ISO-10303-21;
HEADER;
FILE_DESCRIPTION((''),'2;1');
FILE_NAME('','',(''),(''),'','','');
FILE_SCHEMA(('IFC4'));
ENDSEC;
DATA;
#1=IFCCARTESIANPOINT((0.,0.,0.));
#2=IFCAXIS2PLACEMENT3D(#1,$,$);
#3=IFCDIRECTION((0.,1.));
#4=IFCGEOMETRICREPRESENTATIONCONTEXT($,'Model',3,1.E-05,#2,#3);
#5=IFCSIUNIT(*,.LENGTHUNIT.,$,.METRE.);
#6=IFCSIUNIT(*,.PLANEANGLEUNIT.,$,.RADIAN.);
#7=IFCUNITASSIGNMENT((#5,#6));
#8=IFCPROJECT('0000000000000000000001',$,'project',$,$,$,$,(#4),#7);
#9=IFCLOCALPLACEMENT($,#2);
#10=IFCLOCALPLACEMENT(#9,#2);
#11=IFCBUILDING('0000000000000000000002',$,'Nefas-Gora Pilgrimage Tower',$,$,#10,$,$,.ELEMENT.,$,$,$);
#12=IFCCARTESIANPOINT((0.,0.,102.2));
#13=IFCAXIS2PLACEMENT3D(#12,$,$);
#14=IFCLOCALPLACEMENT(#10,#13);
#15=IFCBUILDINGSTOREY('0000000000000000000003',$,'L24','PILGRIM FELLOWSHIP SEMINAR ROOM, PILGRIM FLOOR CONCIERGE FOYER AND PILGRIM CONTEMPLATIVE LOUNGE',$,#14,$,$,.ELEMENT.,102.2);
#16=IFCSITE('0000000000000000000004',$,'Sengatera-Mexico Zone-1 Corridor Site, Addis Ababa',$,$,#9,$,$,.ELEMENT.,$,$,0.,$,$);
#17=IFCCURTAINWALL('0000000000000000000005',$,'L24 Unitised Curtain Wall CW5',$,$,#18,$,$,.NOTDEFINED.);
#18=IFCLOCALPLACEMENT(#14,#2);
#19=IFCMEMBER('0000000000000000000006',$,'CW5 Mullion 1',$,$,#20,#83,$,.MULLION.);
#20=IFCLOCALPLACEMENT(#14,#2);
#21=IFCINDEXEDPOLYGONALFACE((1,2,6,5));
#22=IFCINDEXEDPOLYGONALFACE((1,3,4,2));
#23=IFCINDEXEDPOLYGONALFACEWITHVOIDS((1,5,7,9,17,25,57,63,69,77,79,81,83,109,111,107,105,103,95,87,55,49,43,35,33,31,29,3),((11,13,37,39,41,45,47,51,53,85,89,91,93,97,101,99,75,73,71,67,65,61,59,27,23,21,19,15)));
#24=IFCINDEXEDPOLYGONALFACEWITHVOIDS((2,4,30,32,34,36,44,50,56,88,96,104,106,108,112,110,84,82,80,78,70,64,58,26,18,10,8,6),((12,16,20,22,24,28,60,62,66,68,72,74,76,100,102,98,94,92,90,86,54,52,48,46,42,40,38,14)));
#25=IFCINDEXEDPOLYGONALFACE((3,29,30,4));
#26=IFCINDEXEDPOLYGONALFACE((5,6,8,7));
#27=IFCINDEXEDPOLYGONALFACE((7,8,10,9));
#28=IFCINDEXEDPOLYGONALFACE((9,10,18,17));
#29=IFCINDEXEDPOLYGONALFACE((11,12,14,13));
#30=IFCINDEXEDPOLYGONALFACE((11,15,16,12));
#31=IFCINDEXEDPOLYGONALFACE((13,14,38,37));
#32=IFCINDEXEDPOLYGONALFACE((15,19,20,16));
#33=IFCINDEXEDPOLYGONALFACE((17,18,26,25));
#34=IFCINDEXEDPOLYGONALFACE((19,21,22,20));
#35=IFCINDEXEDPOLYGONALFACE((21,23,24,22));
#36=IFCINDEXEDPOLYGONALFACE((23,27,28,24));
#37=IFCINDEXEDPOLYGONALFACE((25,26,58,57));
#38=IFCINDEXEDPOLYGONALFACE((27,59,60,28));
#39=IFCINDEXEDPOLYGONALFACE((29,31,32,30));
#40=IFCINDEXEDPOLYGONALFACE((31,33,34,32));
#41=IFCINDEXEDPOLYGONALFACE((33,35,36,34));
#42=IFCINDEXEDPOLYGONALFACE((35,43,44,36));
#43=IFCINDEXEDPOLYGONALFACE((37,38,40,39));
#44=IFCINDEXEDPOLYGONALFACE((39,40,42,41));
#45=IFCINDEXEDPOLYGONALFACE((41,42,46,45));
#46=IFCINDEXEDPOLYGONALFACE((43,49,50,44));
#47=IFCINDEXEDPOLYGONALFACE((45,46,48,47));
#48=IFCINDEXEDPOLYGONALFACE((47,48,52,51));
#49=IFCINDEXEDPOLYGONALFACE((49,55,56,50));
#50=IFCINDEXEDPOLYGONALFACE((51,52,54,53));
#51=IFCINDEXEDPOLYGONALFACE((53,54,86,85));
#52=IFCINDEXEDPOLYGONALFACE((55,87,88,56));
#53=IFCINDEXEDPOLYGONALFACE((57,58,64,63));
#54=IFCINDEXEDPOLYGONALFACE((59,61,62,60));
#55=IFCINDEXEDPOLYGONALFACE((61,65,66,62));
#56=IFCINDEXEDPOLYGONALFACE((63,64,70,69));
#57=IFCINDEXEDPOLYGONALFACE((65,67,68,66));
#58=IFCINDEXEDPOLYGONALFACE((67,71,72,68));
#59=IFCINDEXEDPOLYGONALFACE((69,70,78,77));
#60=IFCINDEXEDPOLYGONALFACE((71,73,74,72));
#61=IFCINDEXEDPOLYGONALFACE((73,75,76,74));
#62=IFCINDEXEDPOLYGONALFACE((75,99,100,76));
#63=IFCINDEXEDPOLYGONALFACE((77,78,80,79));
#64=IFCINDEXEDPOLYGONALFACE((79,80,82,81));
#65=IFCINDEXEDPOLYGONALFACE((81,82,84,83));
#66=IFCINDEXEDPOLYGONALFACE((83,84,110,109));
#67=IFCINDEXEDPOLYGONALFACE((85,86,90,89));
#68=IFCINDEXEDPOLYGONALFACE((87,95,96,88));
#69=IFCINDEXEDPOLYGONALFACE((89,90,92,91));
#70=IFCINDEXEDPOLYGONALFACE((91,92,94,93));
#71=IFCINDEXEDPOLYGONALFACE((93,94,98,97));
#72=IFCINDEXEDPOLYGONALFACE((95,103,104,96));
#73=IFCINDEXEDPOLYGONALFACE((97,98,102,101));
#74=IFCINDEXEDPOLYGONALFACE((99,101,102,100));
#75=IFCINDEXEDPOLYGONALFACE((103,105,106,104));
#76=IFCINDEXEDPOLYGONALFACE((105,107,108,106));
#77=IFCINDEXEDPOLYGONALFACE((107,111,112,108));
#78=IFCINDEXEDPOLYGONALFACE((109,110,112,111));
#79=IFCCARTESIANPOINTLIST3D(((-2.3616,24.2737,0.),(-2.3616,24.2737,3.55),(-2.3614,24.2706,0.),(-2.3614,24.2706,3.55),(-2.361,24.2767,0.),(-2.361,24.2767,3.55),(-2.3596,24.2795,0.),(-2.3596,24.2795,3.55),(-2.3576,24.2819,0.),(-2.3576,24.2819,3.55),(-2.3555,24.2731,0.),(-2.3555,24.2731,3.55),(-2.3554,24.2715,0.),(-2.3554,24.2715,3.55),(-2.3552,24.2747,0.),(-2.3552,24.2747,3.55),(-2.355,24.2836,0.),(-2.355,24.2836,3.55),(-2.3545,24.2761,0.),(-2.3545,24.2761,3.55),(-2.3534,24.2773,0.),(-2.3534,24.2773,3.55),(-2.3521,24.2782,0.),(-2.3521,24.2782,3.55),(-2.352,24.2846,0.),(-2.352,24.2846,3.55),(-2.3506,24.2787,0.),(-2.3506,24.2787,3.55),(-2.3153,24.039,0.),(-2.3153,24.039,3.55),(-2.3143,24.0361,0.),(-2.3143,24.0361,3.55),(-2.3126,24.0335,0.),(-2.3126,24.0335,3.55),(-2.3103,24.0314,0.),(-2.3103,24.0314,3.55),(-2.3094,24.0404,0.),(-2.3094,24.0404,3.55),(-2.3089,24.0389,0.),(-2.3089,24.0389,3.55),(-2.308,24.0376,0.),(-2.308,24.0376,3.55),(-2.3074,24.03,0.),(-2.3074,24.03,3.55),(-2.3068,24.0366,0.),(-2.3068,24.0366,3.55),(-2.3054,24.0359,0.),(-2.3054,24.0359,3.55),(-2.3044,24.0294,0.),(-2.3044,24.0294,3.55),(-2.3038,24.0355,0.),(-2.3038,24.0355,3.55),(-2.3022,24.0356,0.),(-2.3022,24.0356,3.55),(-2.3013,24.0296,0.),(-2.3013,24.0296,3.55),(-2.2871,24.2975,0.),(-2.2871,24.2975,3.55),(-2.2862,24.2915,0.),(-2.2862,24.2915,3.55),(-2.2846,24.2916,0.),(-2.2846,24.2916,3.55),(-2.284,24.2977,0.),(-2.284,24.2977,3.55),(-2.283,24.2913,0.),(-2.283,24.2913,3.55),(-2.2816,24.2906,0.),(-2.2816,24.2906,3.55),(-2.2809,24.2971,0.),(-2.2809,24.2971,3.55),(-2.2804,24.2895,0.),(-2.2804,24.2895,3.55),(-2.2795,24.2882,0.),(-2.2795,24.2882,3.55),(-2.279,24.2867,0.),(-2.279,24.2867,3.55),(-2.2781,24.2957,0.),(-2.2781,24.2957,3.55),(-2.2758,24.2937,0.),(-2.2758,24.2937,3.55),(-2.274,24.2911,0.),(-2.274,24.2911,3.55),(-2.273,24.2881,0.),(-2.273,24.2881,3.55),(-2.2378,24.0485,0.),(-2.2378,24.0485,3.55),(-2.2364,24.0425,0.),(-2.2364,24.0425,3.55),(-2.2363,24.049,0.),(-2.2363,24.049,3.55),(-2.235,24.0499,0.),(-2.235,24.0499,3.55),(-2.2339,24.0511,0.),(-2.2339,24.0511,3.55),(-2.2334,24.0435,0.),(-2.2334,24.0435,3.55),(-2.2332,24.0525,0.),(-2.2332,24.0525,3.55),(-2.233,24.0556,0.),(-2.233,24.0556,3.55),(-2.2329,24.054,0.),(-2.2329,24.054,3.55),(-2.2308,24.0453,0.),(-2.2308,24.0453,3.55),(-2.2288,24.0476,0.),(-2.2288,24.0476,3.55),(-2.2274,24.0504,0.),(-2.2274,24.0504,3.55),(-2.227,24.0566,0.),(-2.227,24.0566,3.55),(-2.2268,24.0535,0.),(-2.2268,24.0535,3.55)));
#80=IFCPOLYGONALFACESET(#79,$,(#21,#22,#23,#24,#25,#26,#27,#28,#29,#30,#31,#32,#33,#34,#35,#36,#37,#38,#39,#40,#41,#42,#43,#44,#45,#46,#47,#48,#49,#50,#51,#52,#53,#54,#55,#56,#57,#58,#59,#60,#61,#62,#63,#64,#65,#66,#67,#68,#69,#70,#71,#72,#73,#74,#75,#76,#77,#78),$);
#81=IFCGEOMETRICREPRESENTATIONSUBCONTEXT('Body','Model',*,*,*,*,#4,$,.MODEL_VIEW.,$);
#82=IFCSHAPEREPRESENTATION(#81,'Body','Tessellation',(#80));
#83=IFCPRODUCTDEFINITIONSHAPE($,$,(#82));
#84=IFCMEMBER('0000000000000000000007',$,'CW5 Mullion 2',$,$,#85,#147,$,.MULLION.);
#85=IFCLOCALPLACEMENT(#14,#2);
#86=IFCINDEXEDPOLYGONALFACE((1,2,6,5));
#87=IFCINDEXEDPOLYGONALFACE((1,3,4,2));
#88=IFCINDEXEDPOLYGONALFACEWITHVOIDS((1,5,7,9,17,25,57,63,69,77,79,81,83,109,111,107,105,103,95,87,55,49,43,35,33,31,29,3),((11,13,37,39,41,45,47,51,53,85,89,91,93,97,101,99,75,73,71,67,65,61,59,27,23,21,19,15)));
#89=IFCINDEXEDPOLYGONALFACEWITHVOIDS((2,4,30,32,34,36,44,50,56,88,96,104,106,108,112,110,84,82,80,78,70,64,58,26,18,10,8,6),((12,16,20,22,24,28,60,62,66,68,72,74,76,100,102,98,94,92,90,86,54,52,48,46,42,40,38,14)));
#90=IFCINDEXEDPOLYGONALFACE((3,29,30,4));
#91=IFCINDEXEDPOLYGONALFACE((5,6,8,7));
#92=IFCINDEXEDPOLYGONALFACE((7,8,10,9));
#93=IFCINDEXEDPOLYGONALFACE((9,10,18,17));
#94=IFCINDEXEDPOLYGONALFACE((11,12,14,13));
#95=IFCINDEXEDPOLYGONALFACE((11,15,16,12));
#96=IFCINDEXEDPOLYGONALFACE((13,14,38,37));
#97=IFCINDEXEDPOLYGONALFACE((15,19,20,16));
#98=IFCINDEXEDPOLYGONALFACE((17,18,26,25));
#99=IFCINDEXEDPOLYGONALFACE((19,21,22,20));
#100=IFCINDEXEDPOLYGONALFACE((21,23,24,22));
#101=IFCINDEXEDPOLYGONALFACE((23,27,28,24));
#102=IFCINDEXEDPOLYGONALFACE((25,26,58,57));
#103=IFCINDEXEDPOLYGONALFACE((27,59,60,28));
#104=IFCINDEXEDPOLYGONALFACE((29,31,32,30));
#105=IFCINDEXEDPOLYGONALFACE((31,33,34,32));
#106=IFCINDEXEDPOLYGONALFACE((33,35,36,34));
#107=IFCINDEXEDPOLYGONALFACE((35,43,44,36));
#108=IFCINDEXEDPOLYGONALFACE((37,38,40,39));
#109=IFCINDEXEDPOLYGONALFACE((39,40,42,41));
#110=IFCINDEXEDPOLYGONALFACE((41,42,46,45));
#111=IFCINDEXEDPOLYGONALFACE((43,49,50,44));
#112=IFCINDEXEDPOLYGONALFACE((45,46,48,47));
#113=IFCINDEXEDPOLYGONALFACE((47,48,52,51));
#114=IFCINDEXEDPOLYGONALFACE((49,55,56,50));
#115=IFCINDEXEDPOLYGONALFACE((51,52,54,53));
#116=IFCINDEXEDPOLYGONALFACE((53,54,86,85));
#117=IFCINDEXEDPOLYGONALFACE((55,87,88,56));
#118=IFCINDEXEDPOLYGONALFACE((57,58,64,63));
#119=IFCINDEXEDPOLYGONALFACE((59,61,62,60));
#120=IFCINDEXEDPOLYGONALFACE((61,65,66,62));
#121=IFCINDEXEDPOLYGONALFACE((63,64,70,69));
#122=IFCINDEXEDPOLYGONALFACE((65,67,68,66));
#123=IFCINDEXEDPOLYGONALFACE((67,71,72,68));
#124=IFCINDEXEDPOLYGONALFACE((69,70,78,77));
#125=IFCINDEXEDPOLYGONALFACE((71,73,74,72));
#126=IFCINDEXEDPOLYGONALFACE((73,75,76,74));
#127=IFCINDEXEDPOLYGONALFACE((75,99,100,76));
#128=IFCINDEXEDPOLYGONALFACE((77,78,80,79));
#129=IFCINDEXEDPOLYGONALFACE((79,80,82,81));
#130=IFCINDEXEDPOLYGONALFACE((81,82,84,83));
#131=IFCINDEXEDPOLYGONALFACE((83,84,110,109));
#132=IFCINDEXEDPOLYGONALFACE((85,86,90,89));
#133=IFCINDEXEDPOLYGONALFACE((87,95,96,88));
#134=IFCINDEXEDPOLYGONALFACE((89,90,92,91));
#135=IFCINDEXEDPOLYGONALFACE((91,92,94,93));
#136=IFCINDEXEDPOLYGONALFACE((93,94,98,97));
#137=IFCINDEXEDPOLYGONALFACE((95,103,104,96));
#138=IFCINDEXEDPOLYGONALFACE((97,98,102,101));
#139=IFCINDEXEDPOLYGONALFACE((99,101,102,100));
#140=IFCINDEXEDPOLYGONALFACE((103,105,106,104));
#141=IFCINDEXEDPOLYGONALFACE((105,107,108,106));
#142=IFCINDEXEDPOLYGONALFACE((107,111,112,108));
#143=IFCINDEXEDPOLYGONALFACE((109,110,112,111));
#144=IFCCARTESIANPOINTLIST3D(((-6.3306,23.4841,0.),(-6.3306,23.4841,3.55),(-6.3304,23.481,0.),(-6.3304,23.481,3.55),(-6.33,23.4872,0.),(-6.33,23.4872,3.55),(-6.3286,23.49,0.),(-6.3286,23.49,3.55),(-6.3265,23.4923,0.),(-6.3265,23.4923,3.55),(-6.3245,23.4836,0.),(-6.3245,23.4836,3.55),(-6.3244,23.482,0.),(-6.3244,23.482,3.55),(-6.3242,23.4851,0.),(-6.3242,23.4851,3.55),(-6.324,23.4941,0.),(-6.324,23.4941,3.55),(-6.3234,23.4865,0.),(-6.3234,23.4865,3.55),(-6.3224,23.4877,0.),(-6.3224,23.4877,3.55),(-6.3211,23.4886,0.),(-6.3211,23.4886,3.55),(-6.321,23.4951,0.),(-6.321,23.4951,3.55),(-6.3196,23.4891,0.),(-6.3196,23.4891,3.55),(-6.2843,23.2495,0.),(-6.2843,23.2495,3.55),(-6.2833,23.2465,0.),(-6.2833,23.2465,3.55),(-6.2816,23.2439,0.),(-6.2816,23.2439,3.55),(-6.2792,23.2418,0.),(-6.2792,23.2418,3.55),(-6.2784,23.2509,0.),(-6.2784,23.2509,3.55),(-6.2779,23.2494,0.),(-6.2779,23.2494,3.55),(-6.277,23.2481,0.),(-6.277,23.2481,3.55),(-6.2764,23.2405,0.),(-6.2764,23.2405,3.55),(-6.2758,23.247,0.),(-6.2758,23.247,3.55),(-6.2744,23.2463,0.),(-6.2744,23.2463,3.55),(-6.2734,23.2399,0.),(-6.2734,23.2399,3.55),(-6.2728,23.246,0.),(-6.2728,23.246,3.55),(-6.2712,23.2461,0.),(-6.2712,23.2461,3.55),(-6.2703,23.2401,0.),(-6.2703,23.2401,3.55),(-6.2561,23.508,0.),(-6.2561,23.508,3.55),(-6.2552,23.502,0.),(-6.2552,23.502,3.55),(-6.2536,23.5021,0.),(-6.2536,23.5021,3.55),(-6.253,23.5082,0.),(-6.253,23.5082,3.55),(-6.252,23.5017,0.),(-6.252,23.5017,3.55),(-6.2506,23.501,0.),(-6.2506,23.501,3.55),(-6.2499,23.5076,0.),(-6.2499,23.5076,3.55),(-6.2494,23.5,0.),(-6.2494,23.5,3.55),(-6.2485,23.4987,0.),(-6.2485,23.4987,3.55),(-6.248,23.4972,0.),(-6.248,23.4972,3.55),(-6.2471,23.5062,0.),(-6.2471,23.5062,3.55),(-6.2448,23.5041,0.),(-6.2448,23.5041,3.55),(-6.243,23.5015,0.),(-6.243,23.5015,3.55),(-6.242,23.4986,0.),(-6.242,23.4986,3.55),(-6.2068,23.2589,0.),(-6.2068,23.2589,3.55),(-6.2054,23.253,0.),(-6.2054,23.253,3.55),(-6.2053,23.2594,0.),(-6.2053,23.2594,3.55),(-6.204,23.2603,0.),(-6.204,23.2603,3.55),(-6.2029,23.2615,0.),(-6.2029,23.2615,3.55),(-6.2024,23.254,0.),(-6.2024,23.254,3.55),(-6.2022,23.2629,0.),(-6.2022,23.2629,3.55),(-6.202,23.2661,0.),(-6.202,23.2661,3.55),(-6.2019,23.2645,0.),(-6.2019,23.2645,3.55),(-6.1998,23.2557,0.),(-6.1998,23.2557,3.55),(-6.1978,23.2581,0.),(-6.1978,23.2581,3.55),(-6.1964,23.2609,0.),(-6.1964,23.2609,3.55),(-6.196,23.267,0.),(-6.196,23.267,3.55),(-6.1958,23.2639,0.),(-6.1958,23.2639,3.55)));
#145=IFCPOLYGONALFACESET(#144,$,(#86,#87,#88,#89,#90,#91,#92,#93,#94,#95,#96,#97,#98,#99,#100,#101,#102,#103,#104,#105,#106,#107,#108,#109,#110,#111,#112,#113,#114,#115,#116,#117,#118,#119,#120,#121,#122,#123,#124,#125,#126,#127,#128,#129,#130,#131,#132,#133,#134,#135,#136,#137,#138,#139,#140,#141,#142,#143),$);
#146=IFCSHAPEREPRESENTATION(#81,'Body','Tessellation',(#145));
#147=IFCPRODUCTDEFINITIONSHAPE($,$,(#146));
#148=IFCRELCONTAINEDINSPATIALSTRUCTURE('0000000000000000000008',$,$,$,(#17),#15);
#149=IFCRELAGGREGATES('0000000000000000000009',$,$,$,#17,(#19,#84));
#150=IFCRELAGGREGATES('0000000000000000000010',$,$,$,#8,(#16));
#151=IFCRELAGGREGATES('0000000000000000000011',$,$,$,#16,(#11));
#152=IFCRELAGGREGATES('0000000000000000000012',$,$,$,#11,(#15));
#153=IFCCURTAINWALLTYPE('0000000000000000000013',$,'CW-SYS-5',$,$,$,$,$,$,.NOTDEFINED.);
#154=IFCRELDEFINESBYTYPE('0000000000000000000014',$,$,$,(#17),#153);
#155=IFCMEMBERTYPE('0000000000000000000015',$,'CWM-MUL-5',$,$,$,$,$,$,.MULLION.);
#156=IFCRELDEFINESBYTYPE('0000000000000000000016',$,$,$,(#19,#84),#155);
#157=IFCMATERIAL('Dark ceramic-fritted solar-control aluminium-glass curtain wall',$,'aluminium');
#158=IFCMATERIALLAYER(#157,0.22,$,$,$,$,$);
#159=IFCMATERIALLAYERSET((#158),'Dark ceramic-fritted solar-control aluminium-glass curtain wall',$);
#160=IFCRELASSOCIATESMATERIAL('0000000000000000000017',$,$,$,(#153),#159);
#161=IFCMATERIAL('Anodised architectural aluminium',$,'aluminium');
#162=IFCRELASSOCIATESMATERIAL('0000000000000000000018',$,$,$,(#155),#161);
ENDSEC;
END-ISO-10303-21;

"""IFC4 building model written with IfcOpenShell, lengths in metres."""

from ifc_helpers import new_model, si_unit, direction, frame, origin, origin_2d, place, context, subcontext, project, spatial, hollow_rectangle, extrude, source, transform, mapped, material, layer, layer_set, material_profile, profile_set, type_object, element, aggregate, save


model = new_model("IFC4")

# Units and contexts
model_context = context("Model", 3, precision=1e-05, world=origin(), true_north=direction((0.0, 1.0)))
body_context = subcontext(model_context, "Body", "Model", "MODEL_VIEW")
ifc_project = project(units=[si_unit("LENGTHUNIT", "METRE"), si_unit("PLANEANGLEUNIT", "RADIAN")], contexts=[model_context])

# Site, building, storey
site_placement = place(None, origin())
site = spatial("IfcSite", under=ifc_project, at=site_placement, Name="Sengatera-Mexico Zone-1 Corridor Site, Addis Ababa", CompositionType="ELEMENT", RefElevation=0.0)
building_placement = place(site_placement, origin())
building = spatial("IfcBuilding", under=site, at=building_placement, Name="Nefas-Gora Pilgrimage Tower", CompositionType="ELEMENT")
storey_placement = place(building_placement, frame((0.0, 0.0, 102.2)))
storey = spatial("IfcBuildingStorey", under=building, at=storey_placement, Name="L24", Description="PILGRIM FELLOWSHIP SEMINAR ROOM, PILGRIM FLOOR CONCIERGE FOYER AND PILGRIM CONTEMPLATIVE LOUNGE", CompositionType="ELEMENT", Elevation=102.2)

# Curtain wall, members
ifc_material_1 = material(Name="Dark ceramic-fritted solar-control aluminium-glass curtain wall", Category="aluminium")
ifc_layer_1 = layer(ifc_material_1, 0.22)
ifc_layer_set_1 = layer_set([ifc_layer_1], Name="Dark ceramic-fritted solar-control aluminium-glass curtain wall")
curtain_wall_type = type_object("IfcCurtainWallType", Name="CW-SYS-5", PredefinedType="NOTDEFINED", material=ifc_layer_set_1)
curtain_wall_1_placement = place(storey_placement, origin())
curtain_wall_1 = element("IfcCurtainWall", 1, at=curtain_wall_1_placement, inside=storey, type_object=curtain_wall_type, Name="L24 Unitised Curtain Wall CW5", PredefinedType="NOTDEFINED")
ifc_material_2 = material(Name="Anodised architectural aluminium", Category="aluminium")
ifc_material_profile_1 = material_profile(ifc_material_2, hollow_rectangle(XDim=0.0901, YDim=0.26, WallThickness=0.0061, InnerFilletRadius=0.0061, OuterFilletRadius=0.012, at=origin_2d()), Name="ALU MULLION 90x260")
ifc_profile_set_1 = profile_set([ifc_material_profile_1], Name="Anodised architectural aluminium")
member_type_1 = type_object("IfcMemberType", Name="CWM-MUL-5", PredefinedType="MULLION", material=ifc_profile_set_1)
shared_shape_1 = source(origin(), body_context, "Body", "SweptSolid", [
    extrude(hollow_rectangle(XDim=0.0901, YDim=0.26, WallThickness=0.0061, InnerFilletRadius=0.0061, OuterFilletRadius=0.012, at=origin_2d()), origin(), (0.0, 0.0, 1.0), 3.55),
])
member_1_placement = place(storey_placement, frame((-2.2942, 24.1636, 0.0), z_axis=(0.0, 0.0, 1.0), x_axis=(-0.980783, -0.195102, 0.0)))
member_1 = element("IfcMember", 2, at=member_1_placement, type_object=member_type_1, Name="CW5 Mullion 1", PredefinedType="MULLION", context=body_context, shape_type="MappedRepresentation", body=[
    mapped(shared_shape_1, transform((0.0, 0.0, 0.0), x_axis=(1.0, 0.0, 0.0), y_axis=(0.0, 1.0, 0.0), z_axis=(0.0, 0.0, 1.0), scale=1.0)),
])
member_2_placement = place(storey_placement, frame((-6.2632, 23.374, 0.0), z_axis=(0.0, 0.0, 1.0), x_axis=(-0.980783, -0.195102, 0.0)))
member_2 = element("IfcMember", 3, at=member_2_placement, type_object=member_type_1, Name="CW5 Mullion 2", PredefinedType="MULLION", context=body_context, shape_type="MappedRepresentation", body=[
    mapped(shared_shape_1, transform((0.0, 0.0, 0.0), x_axis=(1.0, 0.0, 0.0), y_axis=(0.0, 1.0, 0.0), z_axis=(0.0, 0.0, 1.0), scale=1.0)),
])

aggregate(curtain_wall_1, [member_1, member_2])

save(model, "model.ifc")
